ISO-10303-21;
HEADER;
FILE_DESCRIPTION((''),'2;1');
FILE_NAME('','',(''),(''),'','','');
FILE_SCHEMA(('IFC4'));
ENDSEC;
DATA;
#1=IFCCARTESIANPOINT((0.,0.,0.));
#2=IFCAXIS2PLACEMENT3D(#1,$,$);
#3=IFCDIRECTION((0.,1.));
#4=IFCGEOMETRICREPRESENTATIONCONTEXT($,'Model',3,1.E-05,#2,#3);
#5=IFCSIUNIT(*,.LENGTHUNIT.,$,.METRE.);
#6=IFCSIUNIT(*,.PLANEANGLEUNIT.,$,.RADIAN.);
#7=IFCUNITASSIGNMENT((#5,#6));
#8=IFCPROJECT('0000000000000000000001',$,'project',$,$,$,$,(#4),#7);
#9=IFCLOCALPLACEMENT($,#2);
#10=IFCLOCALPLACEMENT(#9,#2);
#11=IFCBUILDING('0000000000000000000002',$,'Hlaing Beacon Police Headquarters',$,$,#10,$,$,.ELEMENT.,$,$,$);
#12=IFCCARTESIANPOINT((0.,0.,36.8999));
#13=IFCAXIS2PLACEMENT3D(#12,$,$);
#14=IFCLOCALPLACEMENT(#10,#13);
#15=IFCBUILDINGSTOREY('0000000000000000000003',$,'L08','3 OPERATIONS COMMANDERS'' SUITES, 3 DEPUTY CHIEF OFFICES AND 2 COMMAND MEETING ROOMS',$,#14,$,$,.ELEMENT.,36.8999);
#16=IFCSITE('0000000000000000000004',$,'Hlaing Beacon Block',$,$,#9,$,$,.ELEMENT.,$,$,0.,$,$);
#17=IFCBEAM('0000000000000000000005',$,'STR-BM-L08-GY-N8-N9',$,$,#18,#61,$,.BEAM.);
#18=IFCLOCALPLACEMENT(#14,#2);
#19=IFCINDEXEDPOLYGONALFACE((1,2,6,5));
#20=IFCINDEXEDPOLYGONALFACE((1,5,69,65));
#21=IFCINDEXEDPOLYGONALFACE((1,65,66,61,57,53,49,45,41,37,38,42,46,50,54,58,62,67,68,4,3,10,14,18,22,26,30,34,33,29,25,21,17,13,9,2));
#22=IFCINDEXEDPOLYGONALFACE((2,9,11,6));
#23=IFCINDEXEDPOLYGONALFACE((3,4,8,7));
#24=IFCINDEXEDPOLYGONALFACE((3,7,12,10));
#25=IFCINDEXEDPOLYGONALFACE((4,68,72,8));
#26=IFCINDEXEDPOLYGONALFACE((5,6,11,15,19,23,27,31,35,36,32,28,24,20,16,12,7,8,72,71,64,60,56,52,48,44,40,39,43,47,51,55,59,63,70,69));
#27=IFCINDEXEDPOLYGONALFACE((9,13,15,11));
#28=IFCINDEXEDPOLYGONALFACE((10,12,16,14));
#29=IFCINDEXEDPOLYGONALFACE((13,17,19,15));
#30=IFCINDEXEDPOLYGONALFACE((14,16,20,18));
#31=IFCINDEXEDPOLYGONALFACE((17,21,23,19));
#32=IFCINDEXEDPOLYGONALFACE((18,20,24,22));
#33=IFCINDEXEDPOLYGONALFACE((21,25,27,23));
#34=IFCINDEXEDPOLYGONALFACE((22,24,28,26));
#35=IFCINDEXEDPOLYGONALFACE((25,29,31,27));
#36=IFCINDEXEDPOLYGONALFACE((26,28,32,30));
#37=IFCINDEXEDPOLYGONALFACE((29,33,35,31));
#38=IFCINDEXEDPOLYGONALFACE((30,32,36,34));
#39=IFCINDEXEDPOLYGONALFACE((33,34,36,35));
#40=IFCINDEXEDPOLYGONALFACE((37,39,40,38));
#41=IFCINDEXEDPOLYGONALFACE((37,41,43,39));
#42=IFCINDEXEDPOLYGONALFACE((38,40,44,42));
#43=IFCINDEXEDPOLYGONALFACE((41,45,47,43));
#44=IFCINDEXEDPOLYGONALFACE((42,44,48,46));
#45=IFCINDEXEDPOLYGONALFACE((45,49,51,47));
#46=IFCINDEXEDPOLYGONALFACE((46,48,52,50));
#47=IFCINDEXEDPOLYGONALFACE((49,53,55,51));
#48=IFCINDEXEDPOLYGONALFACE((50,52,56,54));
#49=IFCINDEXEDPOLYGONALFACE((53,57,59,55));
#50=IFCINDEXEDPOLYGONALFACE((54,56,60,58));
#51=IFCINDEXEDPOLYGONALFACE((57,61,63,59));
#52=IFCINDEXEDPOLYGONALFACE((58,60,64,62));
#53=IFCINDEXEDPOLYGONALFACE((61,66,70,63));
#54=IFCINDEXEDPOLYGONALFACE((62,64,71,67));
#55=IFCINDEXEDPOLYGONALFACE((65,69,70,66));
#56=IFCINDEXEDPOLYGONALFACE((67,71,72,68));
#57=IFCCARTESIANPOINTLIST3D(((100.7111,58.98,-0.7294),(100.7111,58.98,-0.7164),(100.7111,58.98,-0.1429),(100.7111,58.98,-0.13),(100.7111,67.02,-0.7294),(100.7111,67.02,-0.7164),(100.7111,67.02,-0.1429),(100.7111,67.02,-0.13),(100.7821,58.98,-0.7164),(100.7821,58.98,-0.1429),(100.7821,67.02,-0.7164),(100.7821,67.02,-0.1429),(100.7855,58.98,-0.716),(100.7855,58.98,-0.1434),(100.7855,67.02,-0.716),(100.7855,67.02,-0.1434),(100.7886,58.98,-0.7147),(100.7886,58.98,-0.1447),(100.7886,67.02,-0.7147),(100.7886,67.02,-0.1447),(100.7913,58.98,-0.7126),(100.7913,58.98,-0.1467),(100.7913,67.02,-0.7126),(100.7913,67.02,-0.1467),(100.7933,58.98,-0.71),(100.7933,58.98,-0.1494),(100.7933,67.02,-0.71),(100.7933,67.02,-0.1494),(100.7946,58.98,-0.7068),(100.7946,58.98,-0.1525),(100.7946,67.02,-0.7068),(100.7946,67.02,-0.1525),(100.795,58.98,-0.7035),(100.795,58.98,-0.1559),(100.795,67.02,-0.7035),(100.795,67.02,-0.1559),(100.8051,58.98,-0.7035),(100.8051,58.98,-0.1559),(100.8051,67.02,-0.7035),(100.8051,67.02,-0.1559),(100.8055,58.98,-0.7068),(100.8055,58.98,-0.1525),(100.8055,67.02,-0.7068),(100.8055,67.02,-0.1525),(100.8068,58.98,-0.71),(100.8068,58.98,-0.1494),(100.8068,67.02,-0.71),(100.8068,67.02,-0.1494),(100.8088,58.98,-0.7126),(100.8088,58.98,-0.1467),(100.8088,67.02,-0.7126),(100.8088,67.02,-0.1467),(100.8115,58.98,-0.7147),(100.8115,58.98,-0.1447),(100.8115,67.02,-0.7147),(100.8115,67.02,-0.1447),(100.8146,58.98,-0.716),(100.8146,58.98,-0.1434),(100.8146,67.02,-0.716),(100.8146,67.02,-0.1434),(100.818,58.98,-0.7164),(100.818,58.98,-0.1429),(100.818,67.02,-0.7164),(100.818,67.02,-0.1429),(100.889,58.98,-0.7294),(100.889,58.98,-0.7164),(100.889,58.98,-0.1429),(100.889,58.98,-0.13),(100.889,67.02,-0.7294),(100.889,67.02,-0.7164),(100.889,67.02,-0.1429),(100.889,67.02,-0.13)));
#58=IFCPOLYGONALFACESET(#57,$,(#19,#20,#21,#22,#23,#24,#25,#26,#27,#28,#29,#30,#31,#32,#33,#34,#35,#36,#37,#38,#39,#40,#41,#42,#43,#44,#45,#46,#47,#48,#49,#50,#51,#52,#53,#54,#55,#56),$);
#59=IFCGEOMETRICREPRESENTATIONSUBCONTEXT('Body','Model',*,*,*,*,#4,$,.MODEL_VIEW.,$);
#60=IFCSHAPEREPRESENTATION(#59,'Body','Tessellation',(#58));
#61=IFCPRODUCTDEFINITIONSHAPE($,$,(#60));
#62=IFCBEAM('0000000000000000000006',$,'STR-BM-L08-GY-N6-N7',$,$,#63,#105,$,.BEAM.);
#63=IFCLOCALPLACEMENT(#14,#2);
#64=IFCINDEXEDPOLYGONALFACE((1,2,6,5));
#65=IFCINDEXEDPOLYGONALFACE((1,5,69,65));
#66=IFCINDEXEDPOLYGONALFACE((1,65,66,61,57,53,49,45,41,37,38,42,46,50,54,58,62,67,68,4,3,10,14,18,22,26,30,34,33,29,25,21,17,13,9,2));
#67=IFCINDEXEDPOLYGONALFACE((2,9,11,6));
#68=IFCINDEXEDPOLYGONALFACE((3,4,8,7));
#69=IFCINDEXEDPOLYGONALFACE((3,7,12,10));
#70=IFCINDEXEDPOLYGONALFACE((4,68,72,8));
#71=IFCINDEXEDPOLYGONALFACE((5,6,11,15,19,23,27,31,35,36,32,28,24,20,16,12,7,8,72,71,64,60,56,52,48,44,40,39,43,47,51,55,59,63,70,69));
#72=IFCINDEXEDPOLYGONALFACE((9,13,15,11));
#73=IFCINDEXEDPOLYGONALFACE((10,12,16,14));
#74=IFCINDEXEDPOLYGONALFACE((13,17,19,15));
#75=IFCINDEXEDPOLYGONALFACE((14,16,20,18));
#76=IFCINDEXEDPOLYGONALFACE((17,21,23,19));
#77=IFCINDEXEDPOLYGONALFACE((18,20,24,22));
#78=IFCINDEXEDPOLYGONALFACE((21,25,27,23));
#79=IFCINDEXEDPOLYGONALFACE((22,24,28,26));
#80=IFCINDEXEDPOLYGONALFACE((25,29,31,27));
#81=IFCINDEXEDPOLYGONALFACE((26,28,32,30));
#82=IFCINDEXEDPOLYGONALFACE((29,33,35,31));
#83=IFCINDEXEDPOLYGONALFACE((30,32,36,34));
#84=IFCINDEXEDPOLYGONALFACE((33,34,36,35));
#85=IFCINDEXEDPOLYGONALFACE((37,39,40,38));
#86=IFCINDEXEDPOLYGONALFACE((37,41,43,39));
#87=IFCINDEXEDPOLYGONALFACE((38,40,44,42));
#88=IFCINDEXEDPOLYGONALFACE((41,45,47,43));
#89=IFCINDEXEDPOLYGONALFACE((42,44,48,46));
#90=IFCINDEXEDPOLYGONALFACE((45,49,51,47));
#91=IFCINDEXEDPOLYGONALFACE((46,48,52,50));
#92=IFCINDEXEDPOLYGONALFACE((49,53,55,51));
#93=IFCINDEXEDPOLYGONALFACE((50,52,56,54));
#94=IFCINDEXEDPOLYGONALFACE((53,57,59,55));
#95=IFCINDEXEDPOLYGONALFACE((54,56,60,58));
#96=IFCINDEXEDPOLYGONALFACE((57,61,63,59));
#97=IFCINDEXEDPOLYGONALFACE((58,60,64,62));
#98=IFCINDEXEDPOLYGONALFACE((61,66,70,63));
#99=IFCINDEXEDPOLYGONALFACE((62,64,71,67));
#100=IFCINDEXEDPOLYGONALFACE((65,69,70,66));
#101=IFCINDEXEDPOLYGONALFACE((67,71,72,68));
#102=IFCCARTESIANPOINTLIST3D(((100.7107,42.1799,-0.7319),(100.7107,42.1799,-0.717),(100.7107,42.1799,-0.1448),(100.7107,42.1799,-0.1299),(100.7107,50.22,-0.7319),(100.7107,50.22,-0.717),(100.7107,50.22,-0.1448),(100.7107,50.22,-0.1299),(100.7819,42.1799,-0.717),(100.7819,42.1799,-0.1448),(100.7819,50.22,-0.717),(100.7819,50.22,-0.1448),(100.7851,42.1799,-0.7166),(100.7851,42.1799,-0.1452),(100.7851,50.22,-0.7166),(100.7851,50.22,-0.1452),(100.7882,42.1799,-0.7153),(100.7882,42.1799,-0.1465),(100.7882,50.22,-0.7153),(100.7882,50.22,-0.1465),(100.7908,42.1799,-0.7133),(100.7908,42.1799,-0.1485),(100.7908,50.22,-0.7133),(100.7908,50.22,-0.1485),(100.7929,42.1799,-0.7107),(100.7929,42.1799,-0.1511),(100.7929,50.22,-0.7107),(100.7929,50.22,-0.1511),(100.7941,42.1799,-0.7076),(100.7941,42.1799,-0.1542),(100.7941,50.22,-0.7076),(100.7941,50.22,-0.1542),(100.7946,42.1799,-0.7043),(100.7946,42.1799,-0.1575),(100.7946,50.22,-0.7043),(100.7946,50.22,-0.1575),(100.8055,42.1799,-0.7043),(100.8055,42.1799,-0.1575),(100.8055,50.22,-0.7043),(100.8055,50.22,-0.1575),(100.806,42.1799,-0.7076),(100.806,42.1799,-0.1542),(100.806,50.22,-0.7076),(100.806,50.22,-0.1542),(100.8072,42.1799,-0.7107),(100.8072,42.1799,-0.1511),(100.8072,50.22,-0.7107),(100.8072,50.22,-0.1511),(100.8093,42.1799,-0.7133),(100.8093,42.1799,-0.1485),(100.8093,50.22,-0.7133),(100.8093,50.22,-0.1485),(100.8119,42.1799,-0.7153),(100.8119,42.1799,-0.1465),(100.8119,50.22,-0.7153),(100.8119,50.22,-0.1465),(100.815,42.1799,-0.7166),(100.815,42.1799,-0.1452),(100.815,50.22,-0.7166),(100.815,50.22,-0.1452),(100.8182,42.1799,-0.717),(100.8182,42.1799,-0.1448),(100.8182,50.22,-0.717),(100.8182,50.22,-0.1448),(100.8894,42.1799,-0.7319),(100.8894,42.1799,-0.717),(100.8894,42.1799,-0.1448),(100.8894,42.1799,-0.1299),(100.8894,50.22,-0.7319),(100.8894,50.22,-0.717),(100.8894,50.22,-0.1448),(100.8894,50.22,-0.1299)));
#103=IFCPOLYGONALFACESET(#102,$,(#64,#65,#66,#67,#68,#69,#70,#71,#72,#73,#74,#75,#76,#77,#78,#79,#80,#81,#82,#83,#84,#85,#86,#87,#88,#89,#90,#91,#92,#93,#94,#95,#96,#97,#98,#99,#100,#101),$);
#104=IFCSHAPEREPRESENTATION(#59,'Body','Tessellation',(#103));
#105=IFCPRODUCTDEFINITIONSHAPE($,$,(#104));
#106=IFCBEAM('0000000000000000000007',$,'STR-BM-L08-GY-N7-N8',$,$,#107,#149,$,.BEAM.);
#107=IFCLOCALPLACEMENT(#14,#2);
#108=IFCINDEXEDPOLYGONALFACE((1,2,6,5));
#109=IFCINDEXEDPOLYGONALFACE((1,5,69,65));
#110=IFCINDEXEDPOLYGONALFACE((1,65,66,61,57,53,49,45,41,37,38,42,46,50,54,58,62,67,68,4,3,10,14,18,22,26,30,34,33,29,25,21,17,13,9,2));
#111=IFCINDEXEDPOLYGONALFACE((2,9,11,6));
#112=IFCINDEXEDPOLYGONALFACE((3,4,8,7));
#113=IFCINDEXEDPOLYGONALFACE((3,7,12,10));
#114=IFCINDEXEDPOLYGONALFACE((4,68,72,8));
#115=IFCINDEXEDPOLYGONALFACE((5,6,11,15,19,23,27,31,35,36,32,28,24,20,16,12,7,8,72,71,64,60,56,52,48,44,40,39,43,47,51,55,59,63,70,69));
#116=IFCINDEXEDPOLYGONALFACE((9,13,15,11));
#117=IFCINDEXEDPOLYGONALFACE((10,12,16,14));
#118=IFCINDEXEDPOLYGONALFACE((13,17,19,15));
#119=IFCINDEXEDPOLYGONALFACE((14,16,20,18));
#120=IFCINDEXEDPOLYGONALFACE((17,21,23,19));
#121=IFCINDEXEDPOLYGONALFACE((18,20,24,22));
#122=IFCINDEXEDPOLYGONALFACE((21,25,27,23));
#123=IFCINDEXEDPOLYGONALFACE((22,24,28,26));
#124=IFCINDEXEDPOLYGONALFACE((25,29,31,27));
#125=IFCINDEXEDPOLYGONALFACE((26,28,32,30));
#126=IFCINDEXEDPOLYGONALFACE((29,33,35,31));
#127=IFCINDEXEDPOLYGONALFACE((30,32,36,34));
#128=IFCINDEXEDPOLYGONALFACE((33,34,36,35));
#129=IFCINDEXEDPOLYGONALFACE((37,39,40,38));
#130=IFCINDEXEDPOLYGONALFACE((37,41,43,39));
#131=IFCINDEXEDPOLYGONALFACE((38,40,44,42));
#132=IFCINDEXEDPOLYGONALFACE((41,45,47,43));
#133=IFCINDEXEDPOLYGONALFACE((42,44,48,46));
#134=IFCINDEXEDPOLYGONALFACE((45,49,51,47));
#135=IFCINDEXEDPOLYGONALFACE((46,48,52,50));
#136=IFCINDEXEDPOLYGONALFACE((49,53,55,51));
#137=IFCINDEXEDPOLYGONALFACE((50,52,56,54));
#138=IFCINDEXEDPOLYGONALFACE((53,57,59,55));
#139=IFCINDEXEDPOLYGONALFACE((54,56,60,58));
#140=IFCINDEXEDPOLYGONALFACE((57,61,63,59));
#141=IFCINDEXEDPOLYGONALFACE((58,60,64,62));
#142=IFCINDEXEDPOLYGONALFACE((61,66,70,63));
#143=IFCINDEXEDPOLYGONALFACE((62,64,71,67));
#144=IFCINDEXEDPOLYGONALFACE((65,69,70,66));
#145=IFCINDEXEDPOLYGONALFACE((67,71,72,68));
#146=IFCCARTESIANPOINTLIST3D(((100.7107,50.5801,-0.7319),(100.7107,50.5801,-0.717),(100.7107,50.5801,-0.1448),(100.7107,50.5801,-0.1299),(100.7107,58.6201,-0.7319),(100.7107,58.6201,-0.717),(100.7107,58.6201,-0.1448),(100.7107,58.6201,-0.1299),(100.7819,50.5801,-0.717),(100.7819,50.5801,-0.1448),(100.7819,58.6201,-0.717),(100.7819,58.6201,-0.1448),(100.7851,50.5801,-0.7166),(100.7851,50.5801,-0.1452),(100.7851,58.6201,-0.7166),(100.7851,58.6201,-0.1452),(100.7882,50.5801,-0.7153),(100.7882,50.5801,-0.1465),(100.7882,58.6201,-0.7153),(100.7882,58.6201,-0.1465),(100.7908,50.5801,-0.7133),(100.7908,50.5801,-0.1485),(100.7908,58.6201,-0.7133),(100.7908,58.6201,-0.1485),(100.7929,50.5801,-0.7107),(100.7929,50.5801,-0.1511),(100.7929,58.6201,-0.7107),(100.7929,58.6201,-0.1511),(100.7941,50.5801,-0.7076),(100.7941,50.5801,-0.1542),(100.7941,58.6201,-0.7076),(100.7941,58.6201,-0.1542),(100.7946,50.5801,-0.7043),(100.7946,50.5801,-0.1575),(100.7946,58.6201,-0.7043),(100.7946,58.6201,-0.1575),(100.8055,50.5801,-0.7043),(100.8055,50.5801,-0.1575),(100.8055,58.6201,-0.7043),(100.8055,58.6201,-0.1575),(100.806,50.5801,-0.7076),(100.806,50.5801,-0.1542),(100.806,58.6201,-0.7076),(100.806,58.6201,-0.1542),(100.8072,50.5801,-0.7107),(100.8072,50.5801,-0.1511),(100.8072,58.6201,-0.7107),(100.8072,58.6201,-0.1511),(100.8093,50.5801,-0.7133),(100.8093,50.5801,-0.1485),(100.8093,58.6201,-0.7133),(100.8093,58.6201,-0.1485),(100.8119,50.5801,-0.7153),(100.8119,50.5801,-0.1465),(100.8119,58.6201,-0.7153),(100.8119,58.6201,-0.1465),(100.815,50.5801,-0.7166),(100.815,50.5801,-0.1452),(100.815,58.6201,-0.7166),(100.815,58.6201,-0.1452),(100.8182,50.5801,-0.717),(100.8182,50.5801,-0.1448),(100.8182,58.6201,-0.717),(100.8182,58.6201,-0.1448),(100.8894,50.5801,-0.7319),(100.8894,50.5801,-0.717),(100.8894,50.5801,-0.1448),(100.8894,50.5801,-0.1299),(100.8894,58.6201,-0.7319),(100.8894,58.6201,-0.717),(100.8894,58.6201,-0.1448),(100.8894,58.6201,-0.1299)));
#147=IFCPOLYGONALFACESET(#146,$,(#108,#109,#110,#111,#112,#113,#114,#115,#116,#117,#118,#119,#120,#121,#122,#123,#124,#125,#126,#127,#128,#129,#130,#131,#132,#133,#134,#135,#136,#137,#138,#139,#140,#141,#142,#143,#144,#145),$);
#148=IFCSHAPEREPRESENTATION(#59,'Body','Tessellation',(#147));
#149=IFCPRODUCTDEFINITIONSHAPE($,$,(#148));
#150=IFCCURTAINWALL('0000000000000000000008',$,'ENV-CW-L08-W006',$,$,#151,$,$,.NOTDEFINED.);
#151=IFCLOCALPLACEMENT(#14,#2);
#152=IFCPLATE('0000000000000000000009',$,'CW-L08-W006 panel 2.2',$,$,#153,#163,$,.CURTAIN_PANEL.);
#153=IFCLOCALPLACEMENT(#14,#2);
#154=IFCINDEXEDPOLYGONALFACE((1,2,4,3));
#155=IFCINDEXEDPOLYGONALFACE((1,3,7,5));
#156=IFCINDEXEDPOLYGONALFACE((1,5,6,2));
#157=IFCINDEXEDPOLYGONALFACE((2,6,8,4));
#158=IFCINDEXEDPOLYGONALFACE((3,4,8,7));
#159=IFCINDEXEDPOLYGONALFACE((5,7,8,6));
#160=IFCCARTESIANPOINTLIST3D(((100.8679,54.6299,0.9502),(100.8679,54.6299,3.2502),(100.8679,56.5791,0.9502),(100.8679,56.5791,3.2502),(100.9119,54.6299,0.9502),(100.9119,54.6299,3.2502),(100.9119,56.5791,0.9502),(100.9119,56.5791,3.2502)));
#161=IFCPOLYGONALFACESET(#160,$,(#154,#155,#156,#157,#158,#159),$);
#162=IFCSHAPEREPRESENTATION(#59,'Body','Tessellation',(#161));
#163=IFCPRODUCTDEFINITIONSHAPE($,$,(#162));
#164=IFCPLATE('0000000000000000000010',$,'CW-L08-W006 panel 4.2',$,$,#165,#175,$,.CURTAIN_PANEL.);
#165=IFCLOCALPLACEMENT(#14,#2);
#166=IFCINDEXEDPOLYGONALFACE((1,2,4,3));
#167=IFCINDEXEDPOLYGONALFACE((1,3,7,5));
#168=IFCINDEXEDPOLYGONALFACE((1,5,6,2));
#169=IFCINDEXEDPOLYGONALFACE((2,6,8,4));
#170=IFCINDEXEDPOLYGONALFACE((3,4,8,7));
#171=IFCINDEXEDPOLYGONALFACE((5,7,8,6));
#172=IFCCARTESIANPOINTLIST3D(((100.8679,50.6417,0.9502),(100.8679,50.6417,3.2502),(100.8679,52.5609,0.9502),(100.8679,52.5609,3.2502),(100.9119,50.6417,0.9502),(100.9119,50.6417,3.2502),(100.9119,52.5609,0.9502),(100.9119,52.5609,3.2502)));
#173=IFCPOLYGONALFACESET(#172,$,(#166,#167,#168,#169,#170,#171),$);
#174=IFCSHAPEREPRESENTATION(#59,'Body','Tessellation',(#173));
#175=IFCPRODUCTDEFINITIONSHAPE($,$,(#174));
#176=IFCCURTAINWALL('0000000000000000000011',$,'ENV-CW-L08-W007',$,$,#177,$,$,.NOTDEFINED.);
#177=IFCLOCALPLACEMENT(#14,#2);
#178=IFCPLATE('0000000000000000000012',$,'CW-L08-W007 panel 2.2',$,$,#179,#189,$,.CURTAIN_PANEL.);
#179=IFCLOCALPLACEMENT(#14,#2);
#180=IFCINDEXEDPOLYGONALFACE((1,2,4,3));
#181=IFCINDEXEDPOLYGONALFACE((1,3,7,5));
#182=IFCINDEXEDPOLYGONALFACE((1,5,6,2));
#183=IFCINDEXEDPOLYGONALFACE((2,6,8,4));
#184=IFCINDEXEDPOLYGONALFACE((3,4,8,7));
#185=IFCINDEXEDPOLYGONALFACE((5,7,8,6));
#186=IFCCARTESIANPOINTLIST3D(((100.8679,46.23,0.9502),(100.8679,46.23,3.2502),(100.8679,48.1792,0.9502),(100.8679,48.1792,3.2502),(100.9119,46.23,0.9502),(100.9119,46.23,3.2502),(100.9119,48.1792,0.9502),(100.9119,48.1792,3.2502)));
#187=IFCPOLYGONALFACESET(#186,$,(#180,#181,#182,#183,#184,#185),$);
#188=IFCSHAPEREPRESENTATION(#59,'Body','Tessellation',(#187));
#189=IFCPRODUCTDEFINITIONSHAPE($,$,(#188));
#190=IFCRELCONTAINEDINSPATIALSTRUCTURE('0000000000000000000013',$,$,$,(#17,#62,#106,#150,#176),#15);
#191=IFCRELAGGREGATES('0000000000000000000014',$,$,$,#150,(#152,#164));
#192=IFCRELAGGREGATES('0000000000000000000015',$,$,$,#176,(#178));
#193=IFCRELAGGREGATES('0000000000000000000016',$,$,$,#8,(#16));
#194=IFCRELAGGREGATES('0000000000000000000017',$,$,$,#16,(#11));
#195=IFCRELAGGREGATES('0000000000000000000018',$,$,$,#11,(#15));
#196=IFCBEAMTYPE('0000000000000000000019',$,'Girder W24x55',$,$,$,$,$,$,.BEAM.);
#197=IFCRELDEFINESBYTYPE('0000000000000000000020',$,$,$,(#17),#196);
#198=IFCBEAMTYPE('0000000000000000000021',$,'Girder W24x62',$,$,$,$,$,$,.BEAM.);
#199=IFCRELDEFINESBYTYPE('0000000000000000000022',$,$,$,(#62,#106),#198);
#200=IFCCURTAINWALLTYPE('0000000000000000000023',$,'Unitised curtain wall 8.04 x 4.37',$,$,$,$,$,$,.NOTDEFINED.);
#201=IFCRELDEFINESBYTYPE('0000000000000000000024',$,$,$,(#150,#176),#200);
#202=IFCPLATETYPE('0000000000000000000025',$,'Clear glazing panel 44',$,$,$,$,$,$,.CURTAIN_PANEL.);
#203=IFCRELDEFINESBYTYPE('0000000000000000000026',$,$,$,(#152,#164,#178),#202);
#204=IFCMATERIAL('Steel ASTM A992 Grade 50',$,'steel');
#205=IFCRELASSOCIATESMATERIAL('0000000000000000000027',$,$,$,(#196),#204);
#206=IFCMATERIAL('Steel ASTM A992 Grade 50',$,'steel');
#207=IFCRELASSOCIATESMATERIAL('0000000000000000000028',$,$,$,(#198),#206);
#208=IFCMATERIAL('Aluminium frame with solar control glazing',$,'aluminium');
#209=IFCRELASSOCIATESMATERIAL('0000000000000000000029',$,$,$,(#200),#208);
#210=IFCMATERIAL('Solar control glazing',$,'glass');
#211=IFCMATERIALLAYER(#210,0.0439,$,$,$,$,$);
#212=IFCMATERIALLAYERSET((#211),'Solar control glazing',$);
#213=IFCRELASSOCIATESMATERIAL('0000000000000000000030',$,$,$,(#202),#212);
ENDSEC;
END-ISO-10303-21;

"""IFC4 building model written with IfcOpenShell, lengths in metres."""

from ifc_helpers import new_model, si_unit, direction, frame, origin, origin_2d, place, context, subcontext, project, spatial, rectangle, i_section, extrude, material, layer, layer_set, material_profile, profile_set, type_object, element, aggregate, save


model = new_model("IFC4")

# Units and contexts
model_context = context("Model", 3, precision=1e-05, world=origin(), true_north=direction((0.0, 1.0)))
body_context = subcontext(model_context, "Body", "Model", "MODEL_VIEW")
ifc_project = project(units=[si_unit("LENGTHUNIT", "METRE"), si_unit("PLANEANGLEUNIT", "RADIAN")], contexts=[model_context])

# Site, building, storey
site_placement = place(None, origin())
site = spatial("IfcSite", under=ifc_project, at=site_placement, Name="Hlaing Beacon Block", CompositionType="ELEMENT", RefElevation=0.0)
building_placement = place(site_placement, origin())
building = spatial("IfcBuilding", under=site, at=building_placement, Name="Hlaing Beacon Police Headquarters", CompositionType="ELEMENT")
storey_placement = place(building_placement, frame((0.0, 0.0, 36.8999)))
storey = spatial("IfcBuildingStorey", under=building, at=storey_placement, Name="L08", Description="3 OPERATIONS COMMANDERS' SUITES, 3 DEPUTY CHIEF OFFICES AND 2 COMMAND MEETING ROOMS", CompositionType="ELEMENT", Elevation=36.8999)

# Beams
ifc_material_1 = material(Name="Steel ASTM A992 Grade 50", Category="steel")
ifc_material_profile_1 = material_profile(ifc_material_1, i_section(OverallWidth=0.178, OverallDepth=0.5994, WebThickness=0.01, FlangeThickness=0.0129, FilletRadius=0.0129, at=origin_2d()), Name="W24x55")
ifc_profile_set_1 = profile_set([ifc_material_profile_1], Name="Steel ASTM A992 Grade 50")
beam_type_1 = type_object("IfcBeamType", Name="Girder W24x55", PredefinedType="BEAM", material=ifc_profile_set_1)
for number, where, z_axis, x_axis, name in (
    (1, (100.8, 58.98, -0.4297), (0.0, 1.0, 0.0), (-1.0, 0.0, 0.0), "STR-BM-L08-GY-N8-N9"),
):
    element("IfcBeam", number, at=place(storey_placement, frame(where, z_axis=z_axis, x_axis=x_axis)), inside=storey, type_object=beam_type_1, Name=name, PredefinedType="BEAM", context=body_context, shape_type="SweptSolid", body=[
        extrude(i_section(OverallWidth=0.178, OverallDepth=0.5994, WebThickness=0.01, FlangeThickness=0.0129, FilletRadius=0.0129, at=origin_2d()), origin(), (0.0, 0.0, 1.0), 8.04),
    ])
ifc_material_2 = material(Name="Steel ASTM A992 Grade 50", Category="steel")
ifc_material_profile_2 = material_profile(ifc_material_2, i_section(OverallWidth=0.1787, OverallDepth=0.6021, WebThickness=0.011, FlangeThickness=0.0149, FilletRadius=0.0127, at=origin_2d()), Name="W24x62")
ifc_profile_set_2 = profile_set([ifc_material_profile_2], Name="Steel ASTM A992 Grade 50")
beam_type_2 = type_object("IfcBeamType", Name="Girder W24x62", PredefinedType="BEAM", material=ifc_profile_set_2)
for number, where, z_axis, x_axis, name in (
    (2, (100.8, 42.1799, -0.4309), (0.0, 1.0, 0.0), (-1.0, 0.0, 0.0), "STR-BM-L08-GY-N6-N7"),
    (3, (100.8, 50.5801, -0.4309), (0.0, 1.0, 0.0), (-1.0, 0.0, 0.0), "STR-BM-L08-GY-N7-N8"),
):
    element("IfcBeam", number, at=place(storey_placement, frame(where, z_axis=z_axis, x_axis=x_axis)), inside=storey, type_object=beam_type_2, Name=name, PredefinedType="BEAM", context=body_context, shape_type="SweptSolid", body=[
        extrude(i_section(OverallWidth=0.1787, OverallDepth=0.6021, WebThickness=0.011, FlangeThickness=0.0149, FilletRadius=0.0127, at=origin_2d()), origin(), (0.0, 0.0, 1.0), 8.04),
    ])

# Curtain wall, plates
ifc_material_3 = material(Name="Aluminium frame with solar control glazing", Category="aluminium")
curtain_wall_type = type_object("IfcCurtainWallType", Name="Unitised curtain wall 8.04 x 4.37", PredefinedType="NOTDEFINED", material=ifc_material_3)
curtain_wall_1_placement = place(storey_placement, origin())
curtain_wall_1 = element("IfcCurtainWall", 4, at=curtain_wall_1_placement, inside=storey, type_object=curtain_wall_type, Name="ENV-CW-L08-W006", PredefinedType="NOTDEFINED")
ifc_material_4 = material(Name="Solar control glazing", Category="glass")
ifc_layer_1 = layer(ifc_material_4, 0.0439)
ifc_layer_set_1 = layer_set([ifc_layer_1], Name="Solar control glazing")
plate_type_1 = type_object("IfcPlateType", Name="Clear glazing panel 44", PredefinedType="CURTAIN_PANEL", material=ifc_layer_set_1)
plate_1_placement = place(storey_placement, frame((100.8899, 55.6045, 0.9502), z_axis=(0.0, 0.0, 1.0), x_axis=(0.0, -1.0, 0.0)))
plate_1 = element("IfcPlate", 5, at=plate_1_placement, type_object=plate_type_1, Name="CW-L08-W006 panel 2.2", PredefinedType="CURTAIN_PANEL", context=body_context, shape_type="SweptSolid", body=[
    extrude(rectangle(XDim=1.9492, YDim=0.0439, at=origin_2d()), origin(), (0.0, 0.0, 1.0), 2.3),
])
plate_2_placement = place(storey_placement, frame((100.8899, 51.6013, 0.9502), z_axis=(0.0, 0.0, 1.0), x_axis=(0.0, -1.0, 0.0)))
plate_2 = element("IfcPlate", 6, at=plate_2_placement, type_object=plate_type_1, Name="CW-L08-W006 panel 4.2", PredefinedType="CURTAIN_PANEL", context=body_context, shape_type="SweptSolid", body=[
    extrude(rectangle(XDim=1.9192, YDim=0.0439, at=origin_2d()), origin(), (0.0, 0.0, 1.0), 2.3),
])

# Curtain wall, plate
curtain_wall_2_placement = place(storey_placement, origin())
curtain_wall_2 = element("IfcCurtainWall", 7, at=curtain_wall_2_placement, inside=storey, type_object=curtain_wall_type, Name="ENV-CW-L08-W007", PredefinedType="NOTDEFINED")
plate_3_placement = place(storey_placement, frame((100.8899, 47.2046, 0.9502), z_axis=(0.0, 0.0, 1.0), x_axis=(0.0, -1.0, 0.0)))
plate_3 = element("IfcPlate", 8, at=plate_3_placement, type_object=plate_type_1, Name="CW-L08-W007 panel 2.2", PredefinedType="CURTAIN_PANEL", context=body_context, shape_type="SweptSolid", body=[
    extrude(rectangle(XDim=1.9492, YDim=0.0439, at=origin_2d()), origin(), (0.0, 0.0, 1.0), 2.3),
])

aggregate(curtain_wall_1, [plate_1, plate_2])
aggregate(curtain_wall_2, [plate_3])

save(model, "model.ifc")
